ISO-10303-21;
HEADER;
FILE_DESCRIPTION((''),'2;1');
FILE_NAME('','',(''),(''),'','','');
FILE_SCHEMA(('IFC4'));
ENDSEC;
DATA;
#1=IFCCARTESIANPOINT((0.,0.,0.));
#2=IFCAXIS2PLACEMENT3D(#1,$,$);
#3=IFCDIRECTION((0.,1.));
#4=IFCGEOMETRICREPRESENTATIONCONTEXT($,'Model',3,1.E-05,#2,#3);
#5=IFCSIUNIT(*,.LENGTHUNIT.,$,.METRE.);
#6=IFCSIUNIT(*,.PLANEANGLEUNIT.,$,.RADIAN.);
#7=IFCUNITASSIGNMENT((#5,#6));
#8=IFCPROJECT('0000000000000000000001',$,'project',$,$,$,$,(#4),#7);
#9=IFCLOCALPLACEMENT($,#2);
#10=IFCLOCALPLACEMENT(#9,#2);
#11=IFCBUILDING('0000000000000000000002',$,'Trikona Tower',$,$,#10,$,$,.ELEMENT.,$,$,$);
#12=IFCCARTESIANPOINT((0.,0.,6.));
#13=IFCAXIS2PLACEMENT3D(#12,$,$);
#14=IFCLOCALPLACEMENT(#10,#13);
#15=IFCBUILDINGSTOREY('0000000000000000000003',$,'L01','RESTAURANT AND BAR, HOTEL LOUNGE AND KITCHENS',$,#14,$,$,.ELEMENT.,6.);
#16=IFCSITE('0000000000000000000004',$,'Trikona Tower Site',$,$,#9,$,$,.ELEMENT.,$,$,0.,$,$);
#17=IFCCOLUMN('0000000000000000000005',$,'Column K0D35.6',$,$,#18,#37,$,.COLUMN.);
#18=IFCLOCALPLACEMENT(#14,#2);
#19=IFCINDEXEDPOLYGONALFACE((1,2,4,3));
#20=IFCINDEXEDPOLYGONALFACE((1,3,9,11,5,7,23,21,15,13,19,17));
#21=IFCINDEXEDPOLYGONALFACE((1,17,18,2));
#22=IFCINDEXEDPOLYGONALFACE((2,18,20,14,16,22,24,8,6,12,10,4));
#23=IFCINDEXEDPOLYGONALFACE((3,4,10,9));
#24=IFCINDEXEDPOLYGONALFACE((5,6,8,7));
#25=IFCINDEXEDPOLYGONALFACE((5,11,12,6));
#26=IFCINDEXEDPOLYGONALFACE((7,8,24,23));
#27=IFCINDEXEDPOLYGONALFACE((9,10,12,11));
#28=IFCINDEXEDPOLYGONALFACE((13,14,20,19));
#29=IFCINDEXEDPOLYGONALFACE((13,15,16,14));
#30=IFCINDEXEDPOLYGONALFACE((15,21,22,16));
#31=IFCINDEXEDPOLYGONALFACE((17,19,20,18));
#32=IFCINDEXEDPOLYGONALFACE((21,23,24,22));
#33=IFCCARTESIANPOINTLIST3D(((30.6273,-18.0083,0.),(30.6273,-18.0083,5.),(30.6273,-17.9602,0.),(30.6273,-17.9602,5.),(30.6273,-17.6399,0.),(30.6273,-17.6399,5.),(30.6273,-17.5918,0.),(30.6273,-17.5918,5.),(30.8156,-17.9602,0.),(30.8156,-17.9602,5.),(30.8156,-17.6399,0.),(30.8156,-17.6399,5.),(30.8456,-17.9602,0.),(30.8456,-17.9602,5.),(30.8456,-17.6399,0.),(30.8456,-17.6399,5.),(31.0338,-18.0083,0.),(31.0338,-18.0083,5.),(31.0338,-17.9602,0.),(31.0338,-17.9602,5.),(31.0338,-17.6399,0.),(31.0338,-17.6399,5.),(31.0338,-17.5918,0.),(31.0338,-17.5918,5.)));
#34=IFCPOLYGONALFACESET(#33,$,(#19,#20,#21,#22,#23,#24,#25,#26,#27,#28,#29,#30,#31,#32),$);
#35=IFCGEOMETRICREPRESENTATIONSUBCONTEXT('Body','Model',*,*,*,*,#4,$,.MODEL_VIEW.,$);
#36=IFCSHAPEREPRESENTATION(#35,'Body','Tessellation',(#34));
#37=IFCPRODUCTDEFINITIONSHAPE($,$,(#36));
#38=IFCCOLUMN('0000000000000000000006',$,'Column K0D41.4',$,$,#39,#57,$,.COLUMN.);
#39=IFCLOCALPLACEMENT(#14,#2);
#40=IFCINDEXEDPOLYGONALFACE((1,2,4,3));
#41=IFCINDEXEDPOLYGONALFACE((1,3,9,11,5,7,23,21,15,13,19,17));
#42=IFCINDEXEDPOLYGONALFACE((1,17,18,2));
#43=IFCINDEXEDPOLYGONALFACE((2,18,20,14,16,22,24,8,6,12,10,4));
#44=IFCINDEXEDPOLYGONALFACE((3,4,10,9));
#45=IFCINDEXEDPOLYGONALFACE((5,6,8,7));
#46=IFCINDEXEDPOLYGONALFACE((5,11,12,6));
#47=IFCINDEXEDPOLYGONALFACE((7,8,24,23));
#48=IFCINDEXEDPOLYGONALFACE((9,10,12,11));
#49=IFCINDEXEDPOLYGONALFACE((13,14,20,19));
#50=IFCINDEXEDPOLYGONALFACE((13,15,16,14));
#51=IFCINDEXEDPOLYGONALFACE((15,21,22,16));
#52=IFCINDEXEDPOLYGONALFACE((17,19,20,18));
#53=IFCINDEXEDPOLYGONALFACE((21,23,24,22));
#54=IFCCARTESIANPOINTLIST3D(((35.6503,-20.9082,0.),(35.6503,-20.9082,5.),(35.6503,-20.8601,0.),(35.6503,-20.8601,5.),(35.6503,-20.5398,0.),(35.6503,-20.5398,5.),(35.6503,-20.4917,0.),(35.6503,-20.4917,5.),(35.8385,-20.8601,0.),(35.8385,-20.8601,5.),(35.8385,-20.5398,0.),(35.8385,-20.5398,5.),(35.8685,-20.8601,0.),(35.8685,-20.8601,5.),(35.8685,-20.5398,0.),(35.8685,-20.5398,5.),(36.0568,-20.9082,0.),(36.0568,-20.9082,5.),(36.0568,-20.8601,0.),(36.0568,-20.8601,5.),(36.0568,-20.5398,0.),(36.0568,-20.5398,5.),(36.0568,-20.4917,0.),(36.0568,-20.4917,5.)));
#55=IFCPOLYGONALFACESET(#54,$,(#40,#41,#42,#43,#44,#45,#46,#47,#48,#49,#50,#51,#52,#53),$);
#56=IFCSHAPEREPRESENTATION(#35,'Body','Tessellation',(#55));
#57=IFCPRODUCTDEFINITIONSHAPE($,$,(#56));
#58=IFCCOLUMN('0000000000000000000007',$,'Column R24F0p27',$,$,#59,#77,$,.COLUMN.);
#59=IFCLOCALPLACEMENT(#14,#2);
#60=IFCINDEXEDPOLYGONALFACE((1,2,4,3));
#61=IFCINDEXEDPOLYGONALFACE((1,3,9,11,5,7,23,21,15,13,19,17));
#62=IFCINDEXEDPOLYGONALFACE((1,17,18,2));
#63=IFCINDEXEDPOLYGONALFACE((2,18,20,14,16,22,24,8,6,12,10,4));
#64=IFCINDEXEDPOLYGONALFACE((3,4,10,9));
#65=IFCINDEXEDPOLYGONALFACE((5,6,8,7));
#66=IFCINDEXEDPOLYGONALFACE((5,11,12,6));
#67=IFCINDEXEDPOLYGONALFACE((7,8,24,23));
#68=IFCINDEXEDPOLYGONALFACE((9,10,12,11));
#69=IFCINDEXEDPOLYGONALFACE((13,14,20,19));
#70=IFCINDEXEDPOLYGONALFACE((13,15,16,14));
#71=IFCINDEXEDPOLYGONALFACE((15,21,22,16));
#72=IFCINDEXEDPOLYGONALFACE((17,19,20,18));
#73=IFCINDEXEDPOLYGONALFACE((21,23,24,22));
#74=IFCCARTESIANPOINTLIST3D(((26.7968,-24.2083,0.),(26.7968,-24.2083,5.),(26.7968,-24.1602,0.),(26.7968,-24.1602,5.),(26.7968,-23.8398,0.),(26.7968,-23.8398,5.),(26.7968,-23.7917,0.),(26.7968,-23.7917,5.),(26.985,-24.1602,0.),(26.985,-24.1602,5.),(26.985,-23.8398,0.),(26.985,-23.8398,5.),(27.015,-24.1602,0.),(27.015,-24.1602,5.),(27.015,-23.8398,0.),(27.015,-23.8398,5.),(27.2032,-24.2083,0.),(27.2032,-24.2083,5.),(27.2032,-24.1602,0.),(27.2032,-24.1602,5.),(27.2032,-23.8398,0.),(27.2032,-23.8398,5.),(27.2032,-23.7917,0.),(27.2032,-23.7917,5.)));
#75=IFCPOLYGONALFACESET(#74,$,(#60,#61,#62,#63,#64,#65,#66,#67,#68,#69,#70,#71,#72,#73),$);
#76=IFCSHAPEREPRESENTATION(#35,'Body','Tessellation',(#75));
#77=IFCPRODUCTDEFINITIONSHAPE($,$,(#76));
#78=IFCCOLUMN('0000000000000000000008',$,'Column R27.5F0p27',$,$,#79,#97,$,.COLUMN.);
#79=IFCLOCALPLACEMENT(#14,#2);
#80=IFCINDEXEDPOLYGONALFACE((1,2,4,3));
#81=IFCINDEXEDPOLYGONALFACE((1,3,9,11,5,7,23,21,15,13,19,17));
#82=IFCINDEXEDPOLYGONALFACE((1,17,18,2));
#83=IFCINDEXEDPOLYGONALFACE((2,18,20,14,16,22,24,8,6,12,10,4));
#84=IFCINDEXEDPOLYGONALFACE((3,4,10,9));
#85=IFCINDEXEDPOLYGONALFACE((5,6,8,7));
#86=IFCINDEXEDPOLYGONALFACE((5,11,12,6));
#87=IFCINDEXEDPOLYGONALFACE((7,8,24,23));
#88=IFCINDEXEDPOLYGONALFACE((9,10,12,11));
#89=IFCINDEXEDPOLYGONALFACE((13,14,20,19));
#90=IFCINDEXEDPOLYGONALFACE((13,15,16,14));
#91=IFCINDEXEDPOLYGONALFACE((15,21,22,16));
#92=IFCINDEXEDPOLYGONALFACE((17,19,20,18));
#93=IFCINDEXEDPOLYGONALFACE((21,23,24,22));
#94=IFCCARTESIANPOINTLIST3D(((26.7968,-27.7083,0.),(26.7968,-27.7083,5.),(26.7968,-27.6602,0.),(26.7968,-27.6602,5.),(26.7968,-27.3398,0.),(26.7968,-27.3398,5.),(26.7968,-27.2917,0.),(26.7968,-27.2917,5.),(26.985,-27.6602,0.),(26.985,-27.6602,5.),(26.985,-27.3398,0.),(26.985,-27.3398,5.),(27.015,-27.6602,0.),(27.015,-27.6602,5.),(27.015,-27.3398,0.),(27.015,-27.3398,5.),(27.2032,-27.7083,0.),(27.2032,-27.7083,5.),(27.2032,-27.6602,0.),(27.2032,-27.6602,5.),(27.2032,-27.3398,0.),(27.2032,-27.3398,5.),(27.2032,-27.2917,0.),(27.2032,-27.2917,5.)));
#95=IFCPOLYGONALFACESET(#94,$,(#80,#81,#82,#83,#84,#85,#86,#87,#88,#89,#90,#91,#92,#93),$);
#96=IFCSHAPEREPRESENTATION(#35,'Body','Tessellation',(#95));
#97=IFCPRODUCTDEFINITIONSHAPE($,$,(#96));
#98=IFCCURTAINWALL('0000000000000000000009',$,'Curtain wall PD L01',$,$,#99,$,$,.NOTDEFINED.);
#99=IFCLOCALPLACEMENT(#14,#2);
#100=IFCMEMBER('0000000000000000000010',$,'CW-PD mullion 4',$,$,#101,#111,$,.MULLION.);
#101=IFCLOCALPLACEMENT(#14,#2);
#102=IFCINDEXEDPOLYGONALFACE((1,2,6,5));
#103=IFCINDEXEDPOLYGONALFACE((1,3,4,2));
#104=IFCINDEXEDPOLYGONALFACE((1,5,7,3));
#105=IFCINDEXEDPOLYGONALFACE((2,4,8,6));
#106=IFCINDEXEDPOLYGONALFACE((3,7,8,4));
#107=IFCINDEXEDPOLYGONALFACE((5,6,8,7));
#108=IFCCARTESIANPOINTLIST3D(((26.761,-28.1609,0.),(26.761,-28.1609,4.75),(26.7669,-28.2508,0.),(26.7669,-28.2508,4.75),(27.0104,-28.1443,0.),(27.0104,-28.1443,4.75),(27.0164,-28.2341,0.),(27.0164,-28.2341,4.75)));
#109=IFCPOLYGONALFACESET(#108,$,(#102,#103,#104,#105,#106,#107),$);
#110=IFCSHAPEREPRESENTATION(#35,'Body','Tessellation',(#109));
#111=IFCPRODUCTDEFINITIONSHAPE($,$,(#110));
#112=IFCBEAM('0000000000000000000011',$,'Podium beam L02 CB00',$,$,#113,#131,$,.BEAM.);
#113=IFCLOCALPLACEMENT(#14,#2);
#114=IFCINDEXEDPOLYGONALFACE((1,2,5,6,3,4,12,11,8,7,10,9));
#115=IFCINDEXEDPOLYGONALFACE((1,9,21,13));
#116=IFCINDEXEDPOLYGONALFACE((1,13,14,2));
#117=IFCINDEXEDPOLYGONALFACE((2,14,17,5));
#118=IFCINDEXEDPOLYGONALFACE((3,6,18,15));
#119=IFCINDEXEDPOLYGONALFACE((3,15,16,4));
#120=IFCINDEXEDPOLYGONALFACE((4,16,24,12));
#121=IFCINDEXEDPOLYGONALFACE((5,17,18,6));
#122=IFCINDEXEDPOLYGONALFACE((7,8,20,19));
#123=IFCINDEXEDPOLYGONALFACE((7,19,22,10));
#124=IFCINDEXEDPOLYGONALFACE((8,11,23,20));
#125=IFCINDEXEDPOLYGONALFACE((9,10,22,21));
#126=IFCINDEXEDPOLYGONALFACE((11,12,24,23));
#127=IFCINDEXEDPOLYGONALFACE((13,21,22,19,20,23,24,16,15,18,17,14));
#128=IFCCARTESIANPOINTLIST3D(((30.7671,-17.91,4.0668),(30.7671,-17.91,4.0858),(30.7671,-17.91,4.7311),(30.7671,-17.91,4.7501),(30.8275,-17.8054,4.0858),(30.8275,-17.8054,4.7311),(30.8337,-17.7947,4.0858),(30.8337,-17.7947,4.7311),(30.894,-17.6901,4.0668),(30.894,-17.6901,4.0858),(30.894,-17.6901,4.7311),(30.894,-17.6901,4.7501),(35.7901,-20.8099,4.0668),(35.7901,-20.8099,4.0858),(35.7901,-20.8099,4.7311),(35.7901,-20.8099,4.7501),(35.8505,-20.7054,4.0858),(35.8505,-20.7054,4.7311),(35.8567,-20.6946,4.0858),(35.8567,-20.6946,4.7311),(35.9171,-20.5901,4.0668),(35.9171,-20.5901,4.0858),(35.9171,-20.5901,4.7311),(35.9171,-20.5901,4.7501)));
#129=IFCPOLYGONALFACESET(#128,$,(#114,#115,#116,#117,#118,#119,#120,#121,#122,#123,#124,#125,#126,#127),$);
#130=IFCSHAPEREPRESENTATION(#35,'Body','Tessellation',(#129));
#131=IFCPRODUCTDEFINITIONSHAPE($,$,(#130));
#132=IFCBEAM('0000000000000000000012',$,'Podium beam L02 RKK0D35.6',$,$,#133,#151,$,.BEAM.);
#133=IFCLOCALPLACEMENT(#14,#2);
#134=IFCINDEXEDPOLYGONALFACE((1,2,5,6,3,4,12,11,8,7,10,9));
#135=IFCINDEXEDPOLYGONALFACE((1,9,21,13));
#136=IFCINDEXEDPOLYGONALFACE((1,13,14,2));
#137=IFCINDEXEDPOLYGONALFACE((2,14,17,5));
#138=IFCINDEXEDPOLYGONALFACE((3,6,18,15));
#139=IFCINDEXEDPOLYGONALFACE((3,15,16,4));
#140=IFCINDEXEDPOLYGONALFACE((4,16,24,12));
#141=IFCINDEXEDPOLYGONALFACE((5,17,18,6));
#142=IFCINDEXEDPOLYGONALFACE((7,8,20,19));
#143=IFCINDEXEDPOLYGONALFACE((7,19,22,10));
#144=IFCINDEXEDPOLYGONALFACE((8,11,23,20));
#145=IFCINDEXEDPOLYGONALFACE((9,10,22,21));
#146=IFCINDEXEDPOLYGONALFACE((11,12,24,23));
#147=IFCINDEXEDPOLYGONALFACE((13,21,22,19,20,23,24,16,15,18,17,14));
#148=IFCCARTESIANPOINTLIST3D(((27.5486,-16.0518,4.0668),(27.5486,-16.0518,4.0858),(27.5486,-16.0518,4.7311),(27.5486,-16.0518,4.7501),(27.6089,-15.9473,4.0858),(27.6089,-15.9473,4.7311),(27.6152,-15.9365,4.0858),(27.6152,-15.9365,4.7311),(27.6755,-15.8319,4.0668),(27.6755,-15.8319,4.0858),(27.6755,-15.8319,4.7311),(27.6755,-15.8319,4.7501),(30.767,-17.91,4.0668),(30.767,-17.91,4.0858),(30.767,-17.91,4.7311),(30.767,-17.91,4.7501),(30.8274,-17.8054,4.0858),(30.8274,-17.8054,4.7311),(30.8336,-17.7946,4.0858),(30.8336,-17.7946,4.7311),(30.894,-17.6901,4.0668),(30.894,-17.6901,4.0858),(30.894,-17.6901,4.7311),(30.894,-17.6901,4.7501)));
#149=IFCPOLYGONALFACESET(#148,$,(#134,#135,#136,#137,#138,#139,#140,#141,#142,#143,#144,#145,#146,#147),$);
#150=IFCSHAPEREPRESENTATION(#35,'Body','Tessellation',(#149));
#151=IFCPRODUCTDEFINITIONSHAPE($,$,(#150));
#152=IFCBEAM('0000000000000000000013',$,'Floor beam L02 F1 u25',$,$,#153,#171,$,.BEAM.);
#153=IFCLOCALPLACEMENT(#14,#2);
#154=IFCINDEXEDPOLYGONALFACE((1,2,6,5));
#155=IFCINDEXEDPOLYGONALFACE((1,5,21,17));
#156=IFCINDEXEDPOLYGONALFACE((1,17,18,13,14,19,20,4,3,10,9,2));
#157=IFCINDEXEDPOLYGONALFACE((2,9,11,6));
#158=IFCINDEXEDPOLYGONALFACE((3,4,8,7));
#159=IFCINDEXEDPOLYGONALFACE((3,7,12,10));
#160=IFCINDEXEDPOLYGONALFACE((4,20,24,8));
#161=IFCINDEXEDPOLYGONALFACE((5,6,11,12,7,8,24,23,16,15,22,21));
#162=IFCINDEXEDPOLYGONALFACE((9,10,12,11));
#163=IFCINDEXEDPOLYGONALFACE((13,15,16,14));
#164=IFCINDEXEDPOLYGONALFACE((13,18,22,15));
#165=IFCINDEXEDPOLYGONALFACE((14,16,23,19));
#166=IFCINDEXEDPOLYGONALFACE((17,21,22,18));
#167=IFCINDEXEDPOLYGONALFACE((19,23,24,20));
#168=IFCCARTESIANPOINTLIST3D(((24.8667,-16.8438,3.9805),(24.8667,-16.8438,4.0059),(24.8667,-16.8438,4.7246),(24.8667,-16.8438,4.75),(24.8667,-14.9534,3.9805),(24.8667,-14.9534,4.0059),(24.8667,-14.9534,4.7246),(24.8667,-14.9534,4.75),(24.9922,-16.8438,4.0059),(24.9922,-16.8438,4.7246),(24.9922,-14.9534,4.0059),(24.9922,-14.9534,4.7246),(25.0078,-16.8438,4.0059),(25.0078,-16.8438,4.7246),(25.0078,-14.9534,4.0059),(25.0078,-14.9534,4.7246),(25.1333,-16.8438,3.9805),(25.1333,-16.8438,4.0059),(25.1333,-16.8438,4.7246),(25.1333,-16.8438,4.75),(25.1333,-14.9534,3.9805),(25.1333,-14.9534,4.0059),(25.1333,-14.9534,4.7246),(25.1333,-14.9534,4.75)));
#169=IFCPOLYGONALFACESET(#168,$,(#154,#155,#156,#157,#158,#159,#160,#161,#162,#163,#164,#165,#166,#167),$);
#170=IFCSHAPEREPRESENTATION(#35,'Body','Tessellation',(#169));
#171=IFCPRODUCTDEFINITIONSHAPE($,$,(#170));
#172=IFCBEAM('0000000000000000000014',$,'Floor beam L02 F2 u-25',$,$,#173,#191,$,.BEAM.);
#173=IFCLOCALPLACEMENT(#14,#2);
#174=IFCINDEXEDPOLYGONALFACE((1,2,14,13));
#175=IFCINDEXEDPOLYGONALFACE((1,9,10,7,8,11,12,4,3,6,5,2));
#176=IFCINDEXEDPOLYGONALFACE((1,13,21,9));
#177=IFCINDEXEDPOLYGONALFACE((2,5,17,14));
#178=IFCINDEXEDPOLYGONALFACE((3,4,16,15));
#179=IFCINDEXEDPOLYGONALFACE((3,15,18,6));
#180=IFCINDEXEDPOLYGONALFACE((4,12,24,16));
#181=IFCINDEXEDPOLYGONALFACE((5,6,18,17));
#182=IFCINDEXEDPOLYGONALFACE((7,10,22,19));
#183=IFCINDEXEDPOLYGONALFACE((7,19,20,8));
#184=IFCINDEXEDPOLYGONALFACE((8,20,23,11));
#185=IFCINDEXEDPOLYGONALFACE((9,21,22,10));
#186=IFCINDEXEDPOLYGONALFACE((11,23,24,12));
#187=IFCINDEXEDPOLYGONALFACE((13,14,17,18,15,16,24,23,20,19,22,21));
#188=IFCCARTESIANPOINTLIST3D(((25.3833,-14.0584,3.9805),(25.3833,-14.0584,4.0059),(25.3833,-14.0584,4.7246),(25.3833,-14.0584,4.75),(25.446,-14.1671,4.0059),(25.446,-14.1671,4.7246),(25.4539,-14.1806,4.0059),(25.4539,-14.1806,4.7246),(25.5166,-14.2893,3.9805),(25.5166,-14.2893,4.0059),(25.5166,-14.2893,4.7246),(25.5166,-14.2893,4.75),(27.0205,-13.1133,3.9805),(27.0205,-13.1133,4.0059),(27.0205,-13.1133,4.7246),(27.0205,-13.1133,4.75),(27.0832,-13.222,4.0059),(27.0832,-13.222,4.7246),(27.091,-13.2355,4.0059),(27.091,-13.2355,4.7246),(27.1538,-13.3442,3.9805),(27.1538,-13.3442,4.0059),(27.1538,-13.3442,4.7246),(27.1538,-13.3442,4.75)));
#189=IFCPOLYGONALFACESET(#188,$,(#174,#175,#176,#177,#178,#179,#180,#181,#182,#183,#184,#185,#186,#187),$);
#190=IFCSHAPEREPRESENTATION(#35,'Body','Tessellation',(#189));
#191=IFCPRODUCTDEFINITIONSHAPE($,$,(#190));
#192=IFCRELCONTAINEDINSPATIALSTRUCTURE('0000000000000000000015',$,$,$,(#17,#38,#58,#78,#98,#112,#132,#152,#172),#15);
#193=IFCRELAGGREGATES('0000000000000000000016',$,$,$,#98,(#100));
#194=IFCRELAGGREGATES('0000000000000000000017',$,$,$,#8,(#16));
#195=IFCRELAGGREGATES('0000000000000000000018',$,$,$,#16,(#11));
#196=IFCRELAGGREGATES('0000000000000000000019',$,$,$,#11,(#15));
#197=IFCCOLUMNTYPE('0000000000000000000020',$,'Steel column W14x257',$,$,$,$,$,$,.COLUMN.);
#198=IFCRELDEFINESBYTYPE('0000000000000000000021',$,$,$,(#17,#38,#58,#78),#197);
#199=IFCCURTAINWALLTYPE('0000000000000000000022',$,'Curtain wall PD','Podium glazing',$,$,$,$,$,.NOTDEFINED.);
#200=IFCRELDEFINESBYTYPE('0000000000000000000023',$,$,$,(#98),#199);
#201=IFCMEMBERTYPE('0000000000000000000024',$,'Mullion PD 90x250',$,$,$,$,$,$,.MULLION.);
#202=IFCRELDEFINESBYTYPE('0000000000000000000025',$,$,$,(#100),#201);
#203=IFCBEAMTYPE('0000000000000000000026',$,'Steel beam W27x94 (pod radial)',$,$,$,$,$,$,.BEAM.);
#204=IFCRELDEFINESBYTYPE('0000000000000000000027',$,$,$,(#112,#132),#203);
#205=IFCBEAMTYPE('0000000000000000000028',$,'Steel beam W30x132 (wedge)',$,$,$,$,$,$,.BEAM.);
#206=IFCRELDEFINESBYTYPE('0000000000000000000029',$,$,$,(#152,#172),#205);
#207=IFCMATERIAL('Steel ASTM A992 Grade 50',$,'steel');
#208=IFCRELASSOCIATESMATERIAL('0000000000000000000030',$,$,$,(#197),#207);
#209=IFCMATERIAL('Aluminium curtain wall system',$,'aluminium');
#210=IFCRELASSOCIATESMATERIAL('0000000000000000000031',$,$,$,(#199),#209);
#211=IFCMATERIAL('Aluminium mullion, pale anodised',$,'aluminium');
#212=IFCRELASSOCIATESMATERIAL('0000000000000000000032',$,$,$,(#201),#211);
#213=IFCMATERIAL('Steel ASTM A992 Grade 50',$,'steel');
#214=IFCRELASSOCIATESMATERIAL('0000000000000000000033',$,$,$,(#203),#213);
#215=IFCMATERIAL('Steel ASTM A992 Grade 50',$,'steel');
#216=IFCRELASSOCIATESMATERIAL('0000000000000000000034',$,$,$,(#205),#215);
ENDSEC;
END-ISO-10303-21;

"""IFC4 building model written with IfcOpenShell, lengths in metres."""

from ifc_helpers import new_model, si_unit, direction, frame, origin, origin_2d, place, context, subcontext, project, spatial, rectangle, i_section, extrude, material, material_profile, profile_set, type_object, element, aggregate, save


model = new_model("IFC4")

# Units and contexts
model_context = context("Model", 3, precision=1e-05, world=origin(), true_north=direction((0.0, 1.0)))
body_context = subcontext(model_context, "Body", "Model", "MODEL_VIEW")
ifc_project = project(units=[si_unit("LENGTHUNIT", "METRE"), si_unit("PLANEANGLEUNIT", "RADIAN")], contexts=[model_context])

# Site, building, storey
site_placement = place(None, origin())
site = spatial("IfcSite", under=ifc_project, at=site_placement, Name="Trikona Tower Site", CompositionType="ELEMENT", RefElevation=0.0)
building_placement = place(site_placement, origin())
building = spatial("IfcBuilding", under=site, at=building_placement, Name="Trikona Tower", CompositionType="ELEMENT")
storey_placement = place(building_placement, frame((0.0, 0.0, 6.0)))
storey = spatial("IfcBuildingStorey", under=building, at=storey_placement, Name="L01", Description="RESTAURANT AND BAR, HOTEL LOUNGE AND KITCHENS", CompositionType="ELEMENT", Elevation=6.0)

# Columns
ifc_material_1 = material(Name="Steel ASTM A992 Grade 50", Category="steel")
ifc_material_profile_1 = material_profile(ifc_material_1, i_section(OverallWidth=0.4065, OverallDepth=0.4165, WebThickness=0.03, FlangeThickness=0.0481, at=origin_2d()), Name="W14X257")
ifc_profile_set_1 = profile_set([ifc_material_profile_1], Name="Steel ASTM A992 Grade 50")
column_type = type_object("IfcColumnType", Name="Steel column W14x257", PredefinedType="COLUMN", material=ifc_profile_set_1)
for number, where, z_axis, x_axis, name in (
    (1, (30.8306, -17.8, 0.0), (0.0, 0.0, 1.0), (1.0, 0.0, 0.0), "Column K0D35.6"),
    (2, (35.8535, -20.7, 0.0), (0.0, 0.0, 1.0), (1.0, 0.0, 0.0), "Column K0D41.4"),
    (3, (27.0, -24.0, 0.0), (0.0, 0.0, 1.0), (1.0, 0.0, 0.0), "Column R24F0p27"),
    (4, (27.0, -27.5, 0.0), (0.0, 0.0, 1.0), (1.0, 0.0, 0.0), "Column R27.5F0p27"),
):
    element("IfcColumn", number, at=place(storey_placement, frame(where, z_axis=z_axis, x_axis=x_axis)), inside=storey, type_object=column_type, Name=name, PredefinedType="COLUMN", context=body_context, shape_type="SweptSolid", body=[
        extrude(i_section(OverallWidth=0.4065, OverallDepth=0.4165, WebThickness=0.03, FlangeThickness=0.0481, at=origin_2d()), origin(), (0.0, 0.0, 1.0), 5.0),
    ])

# Curtain wall, member
ifc_material_2 = material(Name="Aluminium curtain wall system", Category="aluminium")
curtain_wall_type = type_object("IfcCurtainWallType", Name="Curtain wall PD", Description="Podium glazing", PredefinedType="NOTDEFINED", material=ifc_material_2)
curtain_wall_placement = place(storey_placement, origin())
curtain_wall = element("IfcCurtainWall", 5, at=curtain_wall_placement, inside=storey, type_object=curtain_wall_type, Name="Curtain wall PD L01", PredefinedType="NOTDEFINED")
ifc_material_3 = material(Name="Aluminium mullion, pale anodised", Category="aluminium")
ifc_material_profile_2 = material_profile(ifc_material_3, rectangle(XDim=0.0901, YDim=0.25, at=origin_2d()), Name="MUL-PD")
ifc_profile_set_2 = profile_set([ifc_material_profile_2], Name="Aluminium mullion, pale anodised")
member_type_1 = type_object("IfcMemberType", Name="Mullion PD 90x250", PredefinedType="MULLION", material=ifc_profile_set_2)
member_1_placement = place(storey_placement, frame((26.8887, -28.1975, 0.0), z_axis=(0.0, 0.0, 1.0), x_axis=(-0.066517, 0.997785, 0.0)))
member_1 = element("IfcMember", 6, at=member_1_placement, type_object=member_type_1, Name="CW-PD mullion 4", PredefinedType="MULLION", context=body_context, shape_type="SweptSolid", body=[
    extrude(rectangle(XDim=0.0901, YDim=0.25, at=origin_2d()), origin(), (0.0, 0.0, 1.0), 4.75),
])

# Beams
ifc_material_4 = material(Name="Steel ASTM A992 Grade 50", Category="steel")
ifc_material_profile_3 = material_profile(ifc_material_4, i_section(OverallWidth=0.2539, OverallDepth=0.6833, WebThickness=0.0125, FlangeThickness=0.019, at=origin_2d()), Name="W27X94")
ifc_profile_set_3 = profile_set([ifc_material_profile_3], Name="Steel ASTM A992 Grade 50")
beam_type_1 = type_object("IfcBeamType", Name="Steel beam W27x94 (pod radial)", PredefinedType="BEAM", material=ifc_profile_set_3)
beam_1_placement = place(storey_placement, frame((30.8306, -17.8, 4.4084), z_axis=(0.866033, -0.499987, 0.0), x_axis=(0.499987, 0.866033, 0.0)))
element("IfcBeam", 7, at=beam_1_placement, inside=storey, type_object=beam_type_1, Name="Podium beam L02 CB00", PredefinedType="BEAM", context=body_context, shape_type="SweptSolid", body=[
    extrude(i_section(OverallWidth=0.2539, OverallDepth=0.6833, WebThickness=0.0125, FlangeThickness=0.019, at=origin_2d()), origin(), (0.0, 0.0, 1.0), 5.8),
])
beam_2_placement = place(storey_placement, frame((27.6121, -15.9419, 4.4084), z_axis=(0.866031, -0.49999, 0.0), x_axis=(0.49999, 0.866031, 0.0)))
element("IfcBeam", 8, at=beam_2_placement, inside=storey, type_object=beam_type_1, Name="Podium beam L02 RKK0D35.6", PredefinedType="BEAM", context=body_context, shape_type="SweptSolid", body=[
    extrude(i_section(OverallWidth=0.2539, OverallDepth=0.6833, WebThickness=0.0125, FlangeThickness=0.019, at=origin_2d()), origin(), (0.0, 0.0, 1.0), 3.7163),
])
ifc_material_5 = material(Name="Steel ASTM A992 Grade 50", Category="steel")
ifc_material_profile_4 = material_profile(ifc_material_5, i_section(OverallWidth=0.2666, OverallDepth=0.7695, WebThickness=0.0156, FlangeThickness=0.0254, at=origin_2d()), Name="W30X132")
ifc_profile_set_4 = profile_set([ifc_material_profile_4], Name="Steel ASTM A992 Grade 50")
beam_type_2 = type_object("IfcBeamType", Name="Steel beam W30x132 (wedge)", PredefinedType="BEAM", material=ifc_profile_set_4)
for number, where, z_axis, x_axis, name in (
    (9, (25.0, -14.9534, 4.3652), (0.0, -1.0, 0.0), (1.0, 0.0, 0.0), "Floor beam L02 F1 u25"),
    (10, (25.45, -14.1738, 4.3652), (0.866065, 0.499931, 0.0), (-0.499931, 0.866065, 0.0), "Floor beam L02 F2 u-25"),
):
    element("IfcBeam", number, at=place(storey_placement, frame(where, z_axis=z_axis, x_axis=x_axis)), inside=storey, type_object=beam_type_2, Name=name, PredefinedType="BEAM", context=body_context, shape_type="SweptSolid", body=[
        extrude(i_section(OverallWidth=0.2666, OverallDepth=0.7695, WebThickness=0.0156, FlangeThickness=0.0254, at=origin_2d()), origin(), (0.0, 0.0, 1.0), 1.8904),
    ])

aggregate(curtain_wall, [member_1])

save(model, "model.ifc")
